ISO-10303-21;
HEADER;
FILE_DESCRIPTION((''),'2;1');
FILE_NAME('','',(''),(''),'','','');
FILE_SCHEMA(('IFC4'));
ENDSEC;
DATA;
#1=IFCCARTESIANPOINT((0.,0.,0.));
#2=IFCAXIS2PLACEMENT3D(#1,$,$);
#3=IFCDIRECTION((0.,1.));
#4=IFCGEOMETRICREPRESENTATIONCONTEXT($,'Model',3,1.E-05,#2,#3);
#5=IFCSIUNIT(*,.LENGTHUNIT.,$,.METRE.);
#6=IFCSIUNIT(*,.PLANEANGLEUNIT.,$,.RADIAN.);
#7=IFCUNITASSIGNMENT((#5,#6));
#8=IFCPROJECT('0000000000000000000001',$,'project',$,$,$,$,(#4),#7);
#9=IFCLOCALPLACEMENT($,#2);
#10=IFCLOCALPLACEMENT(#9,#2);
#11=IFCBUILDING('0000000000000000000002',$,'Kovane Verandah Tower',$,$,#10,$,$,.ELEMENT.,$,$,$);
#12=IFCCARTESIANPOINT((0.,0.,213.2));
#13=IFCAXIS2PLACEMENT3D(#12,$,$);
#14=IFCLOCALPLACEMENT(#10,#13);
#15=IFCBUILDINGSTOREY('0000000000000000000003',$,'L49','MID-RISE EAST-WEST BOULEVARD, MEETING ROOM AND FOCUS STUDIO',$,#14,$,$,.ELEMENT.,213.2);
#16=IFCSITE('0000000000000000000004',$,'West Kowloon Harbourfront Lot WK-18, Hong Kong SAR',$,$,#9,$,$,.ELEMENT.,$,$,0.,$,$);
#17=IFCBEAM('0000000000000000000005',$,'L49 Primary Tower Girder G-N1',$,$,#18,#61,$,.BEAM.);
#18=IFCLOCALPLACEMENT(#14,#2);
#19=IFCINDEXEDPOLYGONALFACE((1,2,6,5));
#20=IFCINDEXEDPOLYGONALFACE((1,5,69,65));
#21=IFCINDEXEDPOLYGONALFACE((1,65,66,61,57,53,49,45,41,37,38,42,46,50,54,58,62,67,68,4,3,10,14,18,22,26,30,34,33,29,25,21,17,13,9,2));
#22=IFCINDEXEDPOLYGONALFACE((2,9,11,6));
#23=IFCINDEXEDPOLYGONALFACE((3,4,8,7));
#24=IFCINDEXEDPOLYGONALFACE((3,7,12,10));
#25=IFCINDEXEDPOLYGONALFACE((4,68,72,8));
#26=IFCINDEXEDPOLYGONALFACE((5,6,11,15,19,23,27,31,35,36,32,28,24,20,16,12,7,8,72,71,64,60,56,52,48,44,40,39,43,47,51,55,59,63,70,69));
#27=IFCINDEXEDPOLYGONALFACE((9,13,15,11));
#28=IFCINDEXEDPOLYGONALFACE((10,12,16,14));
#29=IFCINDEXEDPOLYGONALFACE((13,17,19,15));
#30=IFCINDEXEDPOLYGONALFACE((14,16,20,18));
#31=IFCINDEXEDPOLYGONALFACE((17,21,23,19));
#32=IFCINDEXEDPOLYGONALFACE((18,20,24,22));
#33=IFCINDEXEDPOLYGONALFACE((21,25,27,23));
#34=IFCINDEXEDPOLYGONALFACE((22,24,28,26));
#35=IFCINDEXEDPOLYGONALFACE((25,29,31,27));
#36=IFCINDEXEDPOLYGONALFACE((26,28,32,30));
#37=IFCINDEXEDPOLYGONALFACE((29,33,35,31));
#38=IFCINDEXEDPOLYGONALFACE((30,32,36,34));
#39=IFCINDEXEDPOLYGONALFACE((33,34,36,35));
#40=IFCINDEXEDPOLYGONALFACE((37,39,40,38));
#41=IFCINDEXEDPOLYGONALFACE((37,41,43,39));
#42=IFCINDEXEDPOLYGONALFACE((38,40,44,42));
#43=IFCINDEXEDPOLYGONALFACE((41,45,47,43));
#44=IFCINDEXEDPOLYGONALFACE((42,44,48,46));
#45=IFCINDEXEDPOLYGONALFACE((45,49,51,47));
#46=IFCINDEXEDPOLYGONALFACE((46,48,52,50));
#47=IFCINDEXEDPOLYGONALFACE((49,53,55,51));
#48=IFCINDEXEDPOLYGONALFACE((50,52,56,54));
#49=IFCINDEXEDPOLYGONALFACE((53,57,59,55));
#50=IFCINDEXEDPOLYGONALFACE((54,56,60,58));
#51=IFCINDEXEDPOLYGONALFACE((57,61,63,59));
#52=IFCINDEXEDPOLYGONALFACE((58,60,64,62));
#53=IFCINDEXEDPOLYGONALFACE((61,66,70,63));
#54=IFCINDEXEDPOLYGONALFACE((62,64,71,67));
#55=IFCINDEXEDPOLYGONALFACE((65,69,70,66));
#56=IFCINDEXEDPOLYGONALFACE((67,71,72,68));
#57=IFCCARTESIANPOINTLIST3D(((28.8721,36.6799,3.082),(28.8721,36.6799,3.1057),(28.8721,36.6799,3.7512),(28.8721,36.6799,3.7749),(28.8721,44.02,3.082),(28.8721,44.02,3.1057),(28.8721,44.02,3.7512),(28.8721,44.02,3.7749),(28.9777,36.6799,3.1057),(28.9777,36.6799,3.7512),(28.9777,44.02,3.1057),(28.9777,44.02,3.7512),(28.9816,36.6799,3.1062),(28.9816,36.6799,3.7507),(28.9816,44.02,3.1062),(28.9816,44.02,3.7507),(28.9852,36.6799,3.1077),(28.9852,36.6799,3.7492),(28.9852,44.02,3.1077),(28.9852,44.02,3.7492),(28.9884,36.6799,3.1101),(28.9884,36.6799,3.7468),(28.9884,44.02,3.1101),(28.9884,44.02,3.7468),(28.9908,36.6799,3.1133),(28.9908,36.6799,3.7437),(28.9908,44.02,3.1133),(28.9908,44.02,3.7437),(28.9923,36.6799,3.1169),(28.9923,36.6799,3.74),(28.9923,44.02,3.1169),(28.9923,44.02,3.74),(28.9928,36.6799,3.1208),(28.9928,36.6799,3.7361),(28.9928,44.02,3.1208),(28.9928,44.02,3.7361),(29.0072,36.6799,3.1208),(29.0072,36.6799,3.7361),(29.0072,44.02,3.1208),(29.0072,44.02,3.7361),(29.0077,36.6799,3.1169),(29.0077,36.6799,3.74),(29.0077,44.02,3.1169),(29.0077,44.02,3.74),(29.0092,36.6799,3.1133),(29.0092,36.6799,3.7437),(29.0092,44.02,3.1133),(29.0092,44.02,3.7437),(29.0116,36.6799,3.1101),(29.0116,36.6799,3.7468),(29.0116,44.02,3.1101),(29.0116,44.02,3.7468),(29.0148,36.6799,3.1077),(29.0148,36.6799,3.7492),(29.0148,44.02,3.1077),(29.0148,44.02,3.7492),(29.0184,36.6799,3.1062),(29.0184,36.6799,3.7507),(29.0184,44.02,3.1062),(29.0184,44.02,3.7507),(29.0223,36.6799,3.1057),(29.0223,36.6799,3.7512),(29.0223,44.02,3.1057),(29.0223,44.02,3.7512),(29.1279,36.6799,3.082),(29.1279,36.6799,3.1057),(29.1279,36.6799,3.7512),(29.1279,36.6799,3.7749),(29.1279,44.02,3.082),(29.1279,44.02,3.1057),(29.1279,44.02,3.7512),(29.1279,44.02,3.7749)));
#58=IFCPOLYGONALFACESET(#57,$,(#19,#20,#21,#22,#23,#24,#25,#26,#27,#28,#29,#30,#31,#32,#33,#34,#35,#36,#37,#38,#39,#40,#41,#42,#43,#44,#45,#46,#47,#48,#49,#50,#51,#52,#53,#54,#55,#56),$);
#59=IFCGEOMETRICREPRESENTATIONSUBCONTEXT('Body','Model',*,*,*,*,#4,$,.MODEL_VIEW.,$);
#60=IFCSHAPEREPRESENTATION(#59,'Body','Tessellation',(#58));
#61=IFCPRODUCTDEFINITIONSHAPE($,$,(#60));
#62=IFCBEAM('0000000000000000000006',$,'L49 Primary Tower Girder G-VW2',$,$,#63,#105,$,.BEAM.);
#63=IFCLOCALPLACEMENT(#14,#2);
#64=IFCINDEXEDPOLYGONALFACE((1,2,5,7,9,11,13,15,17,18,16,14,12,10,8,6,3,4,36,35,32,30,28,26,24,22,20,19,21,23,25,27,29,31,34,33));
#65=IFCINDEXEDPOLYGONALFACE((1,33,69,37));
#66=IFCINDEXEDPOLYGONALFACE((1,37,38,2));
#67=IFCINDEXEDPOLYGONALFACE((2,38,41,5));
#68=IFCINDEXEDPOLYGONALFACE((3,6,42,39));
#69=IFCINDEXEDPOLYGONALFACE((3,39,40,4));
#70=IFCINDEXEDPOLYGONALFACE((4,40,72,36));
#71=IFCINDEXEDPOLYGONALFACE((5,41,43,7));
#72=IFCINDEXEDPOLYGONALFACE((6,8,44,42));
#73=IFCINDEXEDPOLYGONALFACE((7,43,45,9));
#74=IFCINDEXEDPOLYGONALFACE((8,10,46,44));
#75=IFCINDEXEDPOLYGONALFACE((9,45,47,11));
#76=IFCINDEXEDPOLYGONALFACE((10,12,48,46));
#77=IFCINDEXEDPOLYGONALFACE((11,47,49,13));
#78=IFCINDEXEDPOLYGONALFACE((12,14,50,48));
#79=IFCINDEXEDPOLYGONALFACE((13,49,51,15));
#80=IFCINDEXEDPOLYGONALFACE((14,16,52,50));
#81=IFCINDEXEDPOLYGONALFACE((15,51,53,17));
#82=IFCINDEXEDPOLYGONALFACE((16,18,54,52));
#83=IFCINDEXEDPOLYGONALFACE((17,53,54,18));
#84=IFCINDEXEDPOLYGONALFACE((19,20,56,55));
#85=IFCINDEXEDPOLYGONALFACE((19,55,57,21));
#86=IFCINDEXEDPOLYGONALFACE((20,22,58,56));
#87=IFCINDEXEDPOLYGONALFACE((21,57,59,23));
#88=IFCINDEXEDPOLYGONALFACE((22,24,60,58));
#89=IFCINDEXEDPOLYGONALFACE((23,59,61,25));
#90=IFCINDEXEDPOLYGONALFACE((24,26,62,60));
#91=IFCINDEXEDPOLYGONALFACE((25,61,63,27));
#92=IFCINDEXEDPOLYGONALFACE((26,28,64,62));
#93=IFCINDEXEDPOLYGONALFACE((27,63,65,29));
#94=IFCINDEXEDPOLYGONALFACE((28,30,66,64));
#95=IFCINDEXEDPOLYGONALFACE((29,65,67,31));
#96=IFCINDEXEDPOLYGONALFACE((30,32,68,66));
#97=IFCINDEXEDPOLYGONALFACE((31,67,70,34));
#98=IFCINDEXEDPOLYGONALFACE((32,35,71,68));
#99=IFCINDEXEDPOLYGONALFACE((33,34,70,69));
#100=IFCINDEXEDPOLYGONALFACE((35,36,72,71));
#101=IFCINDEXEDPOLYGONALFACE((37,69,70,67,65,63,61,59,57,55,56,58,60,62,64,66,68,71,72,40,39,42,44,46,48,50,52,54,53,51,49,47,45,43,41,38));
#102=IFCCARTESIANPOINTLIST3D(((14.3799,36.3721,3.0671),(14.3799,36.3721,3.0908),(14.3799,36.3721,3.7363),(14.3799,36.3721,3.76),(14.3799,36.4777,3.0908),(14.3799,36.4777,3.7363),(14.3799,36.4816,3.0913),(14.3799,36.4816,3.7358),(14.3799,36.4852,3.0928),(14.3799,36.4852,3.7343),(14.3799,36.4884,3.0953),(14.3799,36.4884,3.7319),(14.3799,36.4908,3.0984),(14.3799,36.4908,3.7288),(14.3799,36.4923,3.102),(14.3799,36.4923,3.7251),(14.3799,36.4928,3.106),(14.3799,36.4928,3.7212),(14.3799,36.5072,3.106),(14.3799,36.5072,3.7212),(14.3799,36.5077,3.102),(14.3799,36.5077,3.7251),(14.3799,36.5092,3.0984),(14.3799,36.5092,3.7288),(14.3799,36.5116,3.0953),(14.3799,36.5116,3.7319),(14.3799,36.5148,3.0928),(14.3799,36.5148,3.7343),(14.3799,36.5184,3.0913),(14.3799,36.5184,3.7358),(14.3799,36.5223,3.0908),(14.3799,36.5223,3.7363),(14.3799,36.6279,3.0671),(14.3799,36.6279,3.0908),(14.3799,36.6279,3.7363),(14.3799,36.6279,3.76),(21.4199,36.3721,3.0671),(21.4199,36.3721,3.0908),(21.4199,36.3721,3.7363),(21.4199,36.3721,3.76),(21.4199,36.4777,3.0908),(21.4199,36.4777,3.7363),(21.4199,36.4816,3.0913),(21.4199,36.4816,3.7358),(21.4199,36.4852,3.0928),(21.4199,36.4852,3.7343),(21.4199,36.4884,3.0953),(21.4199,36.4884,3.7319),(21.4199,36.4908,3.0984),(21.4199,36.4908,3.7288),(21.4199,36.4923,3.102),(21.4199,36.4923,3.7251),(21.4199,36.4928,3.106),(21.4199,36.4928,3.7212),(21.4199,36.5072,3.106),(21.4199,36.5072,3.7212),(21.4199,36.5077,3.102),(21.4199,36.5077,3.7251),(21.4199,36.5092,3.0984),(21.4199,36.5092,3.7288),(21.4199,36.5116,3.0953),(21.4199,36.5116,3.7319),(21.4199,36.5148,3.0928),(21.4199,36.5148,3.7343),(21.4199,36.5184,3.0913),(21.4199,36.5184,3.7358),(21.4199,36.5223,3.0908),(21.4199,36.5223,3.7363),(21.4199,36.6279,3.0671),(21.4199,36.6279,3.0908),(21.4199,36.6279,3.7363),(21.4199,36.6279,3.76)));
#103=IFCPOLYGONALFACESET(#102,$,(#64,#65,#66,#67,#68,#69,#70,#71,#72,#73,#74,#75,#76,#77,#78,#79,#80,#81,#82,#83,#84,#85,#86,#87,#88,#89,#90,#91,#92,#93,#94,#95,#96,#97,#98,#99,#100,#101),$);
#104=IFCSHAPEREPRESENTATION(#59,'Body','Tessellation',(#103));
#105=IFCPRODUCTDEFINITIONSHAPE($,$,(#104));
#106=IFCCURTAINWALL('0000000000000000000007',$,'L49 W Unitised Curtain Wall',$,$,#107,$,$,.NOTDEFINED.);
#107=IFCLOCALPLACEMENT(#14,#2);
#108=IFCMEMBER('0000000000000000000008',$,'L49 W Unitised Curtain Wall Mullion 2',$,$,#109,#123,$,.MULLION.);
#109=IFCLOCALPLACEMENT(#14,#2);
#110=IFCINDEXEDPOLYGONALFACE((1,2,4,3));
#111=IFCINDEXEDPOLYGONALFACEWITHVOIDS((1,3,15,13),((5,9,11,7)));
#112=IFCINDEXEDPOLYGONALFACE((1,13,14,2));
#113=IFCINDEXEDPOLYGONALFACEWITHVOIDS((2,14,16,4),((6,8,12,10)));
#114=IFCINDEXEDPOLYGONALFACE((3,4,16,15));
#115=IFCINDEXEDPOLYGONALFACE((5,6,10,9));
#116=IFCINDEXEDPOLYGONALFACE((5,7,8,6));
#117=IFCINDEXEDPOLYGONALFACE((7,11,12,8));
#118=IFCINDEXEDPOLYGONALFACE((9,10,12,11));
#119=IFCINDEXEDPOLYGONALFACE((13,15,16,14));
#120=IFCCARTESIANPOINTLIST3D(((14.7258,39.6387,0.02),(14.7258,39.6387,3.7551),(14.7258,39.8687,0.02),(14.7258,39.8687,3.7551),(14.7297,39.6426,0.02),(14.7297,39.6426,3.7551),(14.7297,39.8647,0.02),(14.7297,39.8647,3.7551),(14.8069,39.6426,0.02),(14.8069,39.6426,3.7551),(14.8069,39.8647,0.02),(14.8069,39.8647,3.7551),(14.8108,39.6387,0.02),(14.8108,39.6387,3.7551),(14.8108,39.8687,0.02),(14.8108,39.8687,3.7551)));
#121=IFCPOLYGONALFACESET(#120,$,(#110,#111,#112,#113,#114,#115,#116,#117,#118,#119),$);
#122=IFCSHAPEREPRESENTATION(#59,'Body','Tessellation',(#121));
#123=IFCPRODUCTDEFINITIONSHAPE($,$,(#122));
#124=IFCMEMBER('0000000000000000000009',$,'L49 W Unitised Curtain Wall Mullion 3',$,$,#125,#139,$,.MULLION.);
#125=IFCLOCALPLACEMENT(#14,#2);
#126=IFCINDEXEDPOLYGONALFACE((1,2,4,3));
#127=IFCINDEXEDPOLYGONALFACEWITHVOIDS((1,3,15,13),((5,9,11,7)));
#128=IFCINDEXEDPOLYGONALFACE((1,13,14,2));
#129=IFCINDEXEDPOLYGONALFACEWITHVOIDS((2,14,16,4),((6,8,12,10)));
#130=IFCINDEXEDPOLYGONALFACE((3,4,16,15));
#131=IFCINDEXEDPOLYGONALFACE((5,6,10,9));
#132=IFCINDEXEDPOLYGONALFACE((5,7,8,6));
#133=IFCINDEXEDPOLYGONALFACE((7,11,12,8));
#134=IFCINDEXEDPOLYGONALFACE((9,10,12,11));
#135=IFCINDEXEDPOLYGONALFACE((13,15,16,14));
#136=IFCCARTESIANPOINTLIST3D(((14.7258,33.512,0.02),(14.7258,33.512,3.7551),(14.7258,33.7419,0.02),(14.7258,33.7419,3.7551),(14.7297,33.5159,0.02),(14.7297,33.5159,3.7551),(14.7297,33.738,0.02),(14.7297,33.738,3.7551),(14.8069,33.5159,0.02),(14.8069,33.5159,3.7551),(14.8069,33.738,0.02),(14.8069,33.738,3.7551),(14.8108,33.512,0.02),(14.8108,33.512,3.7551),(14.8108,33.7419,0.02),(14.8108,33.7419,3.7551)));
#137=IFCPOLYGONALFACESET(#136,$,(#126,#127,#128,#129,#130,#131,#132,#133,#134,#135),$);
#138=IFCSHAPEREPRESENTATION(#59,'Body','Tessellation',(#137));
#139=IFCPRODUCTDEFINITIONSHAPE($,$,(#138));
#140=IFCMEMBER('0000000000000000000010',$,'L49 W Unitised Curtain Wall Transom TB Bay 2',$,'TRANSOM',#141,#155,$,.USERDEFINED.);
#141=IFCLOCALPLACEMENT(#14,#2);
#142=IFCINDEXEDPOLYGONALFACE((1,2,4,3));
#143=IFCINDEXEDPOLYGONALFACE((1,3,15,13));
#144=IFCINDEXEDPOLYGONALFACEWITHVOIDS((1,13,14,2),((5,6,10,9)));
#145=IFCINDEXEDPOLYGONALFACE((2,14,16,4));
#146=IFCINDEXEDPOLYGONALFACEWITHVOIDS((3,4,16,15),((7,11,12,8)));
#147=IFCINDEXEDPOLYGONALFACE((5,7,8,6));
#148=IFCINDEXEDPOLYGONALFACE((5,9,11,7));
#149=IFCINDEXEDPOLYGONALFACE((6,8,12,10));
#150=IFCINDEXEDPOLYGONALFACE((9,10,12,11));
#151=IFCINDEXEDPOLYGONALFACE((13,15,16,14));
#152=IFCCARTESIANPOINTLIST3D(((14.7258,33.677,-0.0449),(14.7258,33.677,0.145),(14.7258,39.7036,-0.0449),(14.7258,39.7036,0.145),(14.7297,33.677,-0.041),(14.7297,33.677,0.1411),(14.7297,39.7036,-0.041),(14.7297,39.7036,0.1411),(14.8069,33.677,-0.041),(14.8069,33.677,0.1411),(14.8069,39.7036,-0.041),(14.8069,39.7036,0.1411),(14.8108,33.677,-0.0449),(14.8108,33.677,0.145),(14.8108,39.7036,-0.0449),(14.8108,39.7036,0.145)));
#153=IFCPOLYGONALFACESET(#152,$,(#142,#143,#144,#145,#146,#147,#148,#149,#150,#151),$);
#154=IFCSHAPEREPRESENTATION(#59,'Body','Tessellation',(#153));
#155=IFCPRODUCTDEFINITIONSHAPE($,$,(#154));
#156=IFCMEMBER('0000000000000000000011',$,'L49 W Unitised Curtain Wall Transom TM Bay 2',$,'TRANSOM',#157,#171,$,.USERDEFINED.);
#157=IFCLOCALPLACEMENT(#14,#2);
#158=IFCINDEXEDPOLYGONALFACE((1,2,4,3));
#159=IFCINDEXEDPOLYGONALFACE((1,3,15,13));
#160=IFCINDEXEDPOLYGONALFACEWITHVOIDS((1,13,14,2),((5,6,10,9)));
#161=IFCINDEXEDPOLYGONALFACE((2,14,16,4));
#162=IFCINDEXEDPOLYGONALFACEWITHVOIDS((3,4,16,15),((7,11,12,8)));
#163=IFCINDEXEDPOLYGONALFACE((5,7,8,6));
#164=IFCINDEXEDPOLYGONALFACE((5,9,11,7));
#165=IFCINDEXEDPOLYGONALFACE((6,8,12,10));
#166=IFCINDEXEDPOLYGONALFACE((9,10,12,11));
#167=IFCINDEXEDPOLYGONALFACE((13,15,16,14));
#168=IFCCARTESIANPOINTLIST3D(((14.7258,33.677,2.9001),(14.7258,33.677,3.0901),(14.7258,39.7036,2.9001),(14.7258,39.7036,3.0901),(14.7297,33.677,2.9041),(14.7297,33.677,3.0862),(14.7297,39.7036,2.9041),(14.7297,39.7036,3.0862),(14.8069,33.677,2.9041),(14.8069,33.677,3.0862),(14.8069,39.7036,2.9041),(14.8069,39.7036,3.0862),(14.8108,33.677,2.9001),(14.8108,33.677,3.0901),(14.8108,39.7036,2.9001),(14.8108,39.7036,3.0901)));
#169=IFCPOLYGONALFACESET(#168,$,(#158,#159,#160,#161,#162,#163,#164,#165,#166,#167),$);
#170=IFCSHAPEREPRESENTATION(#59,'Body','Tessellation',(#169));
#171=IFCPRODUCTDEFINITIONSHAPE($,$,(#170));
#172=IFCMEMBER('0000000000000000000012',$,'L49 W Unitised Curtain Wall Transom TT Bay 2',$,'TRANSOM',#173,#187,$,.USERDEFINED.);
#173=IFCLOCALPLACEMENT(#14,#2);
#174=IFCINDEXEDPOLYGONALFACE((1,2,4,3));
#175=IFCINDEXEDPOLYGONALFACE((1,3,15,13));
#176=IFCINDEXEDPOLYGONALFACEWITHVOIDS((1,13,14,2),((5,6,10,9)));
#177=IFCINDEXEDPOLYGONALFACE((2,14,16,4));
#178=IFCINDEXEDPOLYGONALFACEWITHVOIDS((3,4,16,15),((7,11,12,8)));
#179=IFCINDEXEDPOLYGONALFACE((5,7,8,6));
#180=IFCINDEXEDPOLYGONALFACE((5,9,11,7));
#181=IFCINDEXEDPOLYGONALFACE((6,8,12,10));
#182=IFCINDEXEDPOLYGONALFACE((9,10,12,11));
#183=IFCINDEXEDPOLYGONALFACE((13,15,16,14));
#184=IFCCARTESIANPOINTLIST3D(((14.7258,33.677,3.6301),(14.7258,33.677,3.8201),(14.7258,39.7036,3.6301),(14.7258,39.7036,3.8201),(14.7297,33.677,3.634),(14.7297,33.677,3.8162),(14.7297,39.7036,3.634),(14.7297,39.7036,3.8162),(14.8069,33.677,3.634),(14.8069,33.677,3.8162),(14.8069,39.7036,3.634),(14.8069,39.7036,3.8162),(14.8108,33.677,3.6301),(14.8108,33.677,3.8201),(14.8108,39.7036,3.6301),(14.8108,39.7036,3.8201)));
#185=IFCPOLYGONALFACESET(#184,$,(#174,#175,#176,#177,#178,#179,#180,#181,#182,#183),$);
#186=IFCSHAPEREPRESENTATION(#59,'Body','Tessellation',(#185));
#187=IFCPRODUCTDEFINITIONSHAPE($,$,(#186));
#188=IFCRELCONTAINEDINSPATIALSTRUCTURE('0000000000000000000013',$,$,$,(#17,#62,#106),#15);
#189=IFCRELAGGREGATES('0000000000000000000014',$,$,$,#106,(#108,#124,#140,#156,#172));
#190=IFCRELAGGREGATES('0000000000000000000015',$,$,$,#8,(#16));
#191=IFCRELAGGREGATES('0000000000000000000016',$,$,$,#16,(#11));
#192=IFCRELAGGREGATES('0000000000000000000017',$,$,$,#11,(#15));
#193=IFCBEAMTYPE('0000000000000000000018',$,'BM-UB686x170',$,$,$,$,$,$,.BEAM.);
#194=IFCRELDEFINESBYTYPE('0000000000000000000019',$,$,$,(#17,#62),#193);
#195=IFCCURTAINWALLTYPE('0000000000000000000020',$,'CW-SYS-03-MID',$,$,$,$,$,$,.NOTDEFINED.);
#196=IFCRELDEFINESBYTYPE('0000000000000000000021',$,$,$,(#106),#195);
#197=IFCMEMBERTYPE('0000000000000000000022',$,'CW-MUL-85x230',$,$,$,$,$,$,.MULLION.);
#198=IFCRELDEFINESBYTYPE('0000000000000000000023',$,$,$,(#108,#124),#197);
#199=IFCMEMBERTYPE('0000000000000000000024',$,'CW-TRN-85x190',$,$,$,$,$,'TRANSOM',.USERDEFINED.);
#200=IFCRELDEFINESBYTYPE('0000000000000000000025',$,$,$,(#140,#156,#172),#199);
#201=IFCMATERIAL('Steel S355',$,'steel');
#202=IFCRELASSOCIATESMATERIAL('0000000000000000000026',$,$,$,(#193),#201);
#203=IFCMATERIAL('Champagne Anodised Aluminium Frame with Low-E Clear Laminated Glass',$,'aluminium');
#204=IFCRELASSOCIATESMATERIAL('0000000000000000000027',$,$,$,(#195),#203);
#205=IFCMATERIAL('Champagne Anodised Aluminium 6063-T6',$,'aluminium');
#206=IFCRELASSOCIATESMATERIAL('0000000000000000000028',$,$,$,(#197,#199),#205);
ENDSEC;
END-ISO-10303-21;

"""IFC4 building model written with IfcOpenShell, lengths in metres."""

from ifc_helpers import new_model, si_unit, direction, frame, origin, origin_2d, place, context, subcontext, project, spatial, hollow_rectangle, i_section, extrude, material, material_profile, profile_set, type_object, element, aggregate, save


model = new_model("IFC4")

# Units and contexts
model_context = context("Model", 3, precision=1e-05, world=origin(), true_north=direction((0.0, 1.0)))
body_context = subcontext(model_context, "Body", "Model", "MODEL_VIEW")
ifc_project = project(units=[si_unit("LENGTHUNIT", "METRE"), si_unit("PLANEANGLEUNIT", "RADIAN")], contexts=[model_context])

# Site, building, storey
site_placement = place(None, origin())
site = spatial("IfcSite", under=ifc_project, at=site_placement, Name="West Kowloon Harbourfront Lot WK-18, Hong Kong SAR", CompositionType="ELEMENT", RefElevation=0.0)
building_placement = place(site_placement, origin())
building = spatial("IfcBuilding", under=site, at=building_placement, Name="Kovane Verandah Tower", CompositionType="ELEMENT")
storey_placement = place(building_placement, frame((0.0, 0.0, 213.2)))
storey = spatial("IfcBuildingStorey", under=building, at=storey_placement, Name="L49", Description="MID-RISE EAST-WEST BOULEVARD, MEETING ROOM AND FOCUS STUDIO", CompositionType="ELEMENT", Elevation=213.2)

# Beams
ifc_material_1 = material(Name="Steel S355", Category="steel")
ifc_material_profile_1 = material_profile(ifc_material_1, i_section(OverallWidth=0.2559, OverallDepth=0.6929, WebThickness=0.0144, FlangeThickness=0.0237, FilletRadius=0.0151, at=origin_2d()), Name="UB686x254x170")
ifc_profile_set_1 = profile_set([ifc_material_profile_1], Name="Steel S355")
beam_type_1 = type_object("IfcBeamType", Name="BM-UB686x170", PredefinedType="BEAM", material=ifc_profile_set_1)
beam_1_placement = place(storey_placement, frame((29.0, 36.6799, 3.4285), z_axis=(0.0, 1.0, 0.0), x_axis=(-1.0, 0.0, 0.0)))
element("IfcBeam", 1, at=beam_1_placement, inside=storey, type_object=beam_type_1, Name="L49 Primary Tower Girder G-N1", PredefinedType="BEAM", context=body_context, shape_type="SweptSolid", body=[
    extrude(i_section(OverallWidth=0.2559, OverallDepth=0.6929, WebThickness=0.0144, FlangeThickness=0.0237, FilletRadius=0.0151, at=origin_2d()), origin(), (0.0, 0.0, 1.0), 7.3401),
])
beam_2_placement = place(storey_placement, frame((21.4199, 36.5, 3.4136), z_axis=(-1.0, 0.0, 0.0), x_axis=(0.0, -1.0, 0.0)))
element("IfcBeam", 2, at=beam_2_placement, inside=storey, type_object=beam_type_1, Name="L49 Primary Tower Girder G-VW2", PredefinedType="BEAM", context=body_context, shape_type="SweptSolid", body=[
    extrude(i_section(OverallWidth=0.2559, OverallDepth=0.6929, WebThickness=0.0144, FlangeThickness=0.0237, FilletRadius=0.0151, at=origin_2d()), origin(), (0.0, 0.0, 1.0), 7.04),
])

# Curtain wall, members
ifc_material_2 = material(Name="Champagne Anodised Aluminium Frame with Low-E Clear Laminated Glass", Category="aluminium")
curtain_wall_type = type_object("IfcCurtainWallType", Name="CW-SYS-03-MID", PredefinedType="NOTDEFINED", material=ifc_material_2)
curtain_wall_placement = place(storey_placement, origin())
curtain_wall = element("IfcCurtainWall", 3, at=curtain_wall_placement, inside=storey, type_object=curtain_wall_type, Name="L49 W Unitised Curtain Wall", PredefinedType="NOTDEFINED")
ifc_material_3 = material(Name="Champagne Anodised Aluminium 6063-T6", Category="aluminium")
ifc_material_profile_2 = material_profile(ifc_material_3, hollow_rectangle(XDim=0.085, YDim=0.23, WallThickness=0.0039, at=origin_2d()), Name="AL85x230x4")
ifc_profile_set_2 = profile_set([ifc_material_profile_2], Name="Champagne Anodised Aluminium 6063-T6")
member_type_1 = type_object("IfcMemberType", Name="CW-MUL-85x230", PredefinedType="MULLION", material=ifc_profile_set_2)
member_1_placement = place(storey_placement, frame((14.7683, 39.7537, 0.02), z_axis=(0.0, 0.0, 1.0), x_axis=(-1.0, 0.0, 0.0)))
member_1 = element("IfcMember", 4, at=member_1_placement, type_object=member_type_1, Name="L49 W Unitised Curtain Wall Mullion 2", PredefinedType="MULLION", context=body_context, shape_type="SweptSolid", body=[
    extrude(hollow_rectangle(XDim=0.085, YDim=0.23, WallThickness=0.0039, at=origin_2d()), origin(), (0.0, 0.0, 1.0), 3.7351),
])
member_2_placement = place(storey_placement, frame((14.7683, 33.627, 0.02), z_axis=(0.0, 0.0, 1.0), x_axis=(-1.0, 0.0, 0.0)))
member_2 = element("IfcMember", 5, at=member_2_placement, type_object=member_type_1, Name="L49 W Unitised Curtain Wall Mullion 3", PredefinedType="MULLION", context=body_context, shape_type="SweptSolid", body=[
    extrude(hollow_rectangle(XDim=0.085, YDim=0.23, WallThickness=0.0039, at=origin_2d()), origin(), (0.0, 0.0, 1.0), 3.7351),
])
ifc_material_profile_3 = material_profile(ifc_material_3, hollow_rectangle(XDim=0.085, YDim=0.1899, WallThickness=0.0039, at=origin_2d()), Name="AL85x190x4")
ifc_profile_set_3 = profile_set([ifc_material_profile_3], Name="Champagne Anodised Aluminium 6063-T6")
member_type_2 = type_object("IfcMemberType", Name="CW-TRN-85x190", ElementType="TRANSOM", PredefinedType="USERDEFINED", material=ifc_profile_set_3)
member_3_placement = place(storey_placement, frame((14.7683, 39.7036, 0.05), z_axis=(0.0, -1.0, 0.0), x_axis=(1.0, 0.0, 0.0)))
member_3 = element("IfcMember", 6, at=member_3_placement, type_object=member_type_2, Name="L49 W Unitised Curtain Wall Transom TB Bay 2", ObjectType="TRANSOM", PredefinedType="USERDEFINED", context=body_context, shape_type="SweptSolid", body=[
    extrude(hollow_rectangle(XDim=0.085, YDim=0.1899, WallThickness=0.0039, at=origin_2d()), origin(), (0.0, 0.0, 1.0), 6.0266),
])
member_4_placement = place(storey_placement, frame((14.7683, 39.7036, 2.9951), z_axis=(0.0, -1.0, 0.0), x_axis=(1.0, 0.0, 0.0)))
member_4 = element("IfcMember", 7, at=member_4_placement, type_object=member_type_2, Name="L49 W Unitised Curtain Wall Transom TM Bay 2", ObjectType="TRANSOM", PredefinedType="USERDEFINED", context=body_context, shape_type="SweptSolid", body=[
    extrude(hollow_rectangle(XDim=0.085, YDim=0.1899, WallThickness=0.0039, at=origin_2d()), origin(), (0.0, 0.0, 1.0), 6.0266),
])
member_5_placement = place(storey_placement, frame((14.7683, 39.7036, 3.7251), z_axis=(0.0, -1.0, 0.0), x_axis=(1.0, 0.0, 0.0)))
member_5 = element("IfcMember", 8, at=member_5_placement, type_object=member_type_2, Name="L49 W Unitised Curtain Wall Transom TT Bay 2", ObjectType="TRANSOM", PredefinedType="USERDEFINED", context=body_context, shape_type="SweptSolid", body=[
    extrude(hollow_rectangle(XDim=0.085, YDim=0.1899, WallThickness=0.0039, at=origin_2d()), origin(), (0.0, 0.0, 1.0), 6.0266),
])

aggregate(curtain_wall, [member_1, member_2, member_3, member_4, member_5])

save(model, "model.ifc")
